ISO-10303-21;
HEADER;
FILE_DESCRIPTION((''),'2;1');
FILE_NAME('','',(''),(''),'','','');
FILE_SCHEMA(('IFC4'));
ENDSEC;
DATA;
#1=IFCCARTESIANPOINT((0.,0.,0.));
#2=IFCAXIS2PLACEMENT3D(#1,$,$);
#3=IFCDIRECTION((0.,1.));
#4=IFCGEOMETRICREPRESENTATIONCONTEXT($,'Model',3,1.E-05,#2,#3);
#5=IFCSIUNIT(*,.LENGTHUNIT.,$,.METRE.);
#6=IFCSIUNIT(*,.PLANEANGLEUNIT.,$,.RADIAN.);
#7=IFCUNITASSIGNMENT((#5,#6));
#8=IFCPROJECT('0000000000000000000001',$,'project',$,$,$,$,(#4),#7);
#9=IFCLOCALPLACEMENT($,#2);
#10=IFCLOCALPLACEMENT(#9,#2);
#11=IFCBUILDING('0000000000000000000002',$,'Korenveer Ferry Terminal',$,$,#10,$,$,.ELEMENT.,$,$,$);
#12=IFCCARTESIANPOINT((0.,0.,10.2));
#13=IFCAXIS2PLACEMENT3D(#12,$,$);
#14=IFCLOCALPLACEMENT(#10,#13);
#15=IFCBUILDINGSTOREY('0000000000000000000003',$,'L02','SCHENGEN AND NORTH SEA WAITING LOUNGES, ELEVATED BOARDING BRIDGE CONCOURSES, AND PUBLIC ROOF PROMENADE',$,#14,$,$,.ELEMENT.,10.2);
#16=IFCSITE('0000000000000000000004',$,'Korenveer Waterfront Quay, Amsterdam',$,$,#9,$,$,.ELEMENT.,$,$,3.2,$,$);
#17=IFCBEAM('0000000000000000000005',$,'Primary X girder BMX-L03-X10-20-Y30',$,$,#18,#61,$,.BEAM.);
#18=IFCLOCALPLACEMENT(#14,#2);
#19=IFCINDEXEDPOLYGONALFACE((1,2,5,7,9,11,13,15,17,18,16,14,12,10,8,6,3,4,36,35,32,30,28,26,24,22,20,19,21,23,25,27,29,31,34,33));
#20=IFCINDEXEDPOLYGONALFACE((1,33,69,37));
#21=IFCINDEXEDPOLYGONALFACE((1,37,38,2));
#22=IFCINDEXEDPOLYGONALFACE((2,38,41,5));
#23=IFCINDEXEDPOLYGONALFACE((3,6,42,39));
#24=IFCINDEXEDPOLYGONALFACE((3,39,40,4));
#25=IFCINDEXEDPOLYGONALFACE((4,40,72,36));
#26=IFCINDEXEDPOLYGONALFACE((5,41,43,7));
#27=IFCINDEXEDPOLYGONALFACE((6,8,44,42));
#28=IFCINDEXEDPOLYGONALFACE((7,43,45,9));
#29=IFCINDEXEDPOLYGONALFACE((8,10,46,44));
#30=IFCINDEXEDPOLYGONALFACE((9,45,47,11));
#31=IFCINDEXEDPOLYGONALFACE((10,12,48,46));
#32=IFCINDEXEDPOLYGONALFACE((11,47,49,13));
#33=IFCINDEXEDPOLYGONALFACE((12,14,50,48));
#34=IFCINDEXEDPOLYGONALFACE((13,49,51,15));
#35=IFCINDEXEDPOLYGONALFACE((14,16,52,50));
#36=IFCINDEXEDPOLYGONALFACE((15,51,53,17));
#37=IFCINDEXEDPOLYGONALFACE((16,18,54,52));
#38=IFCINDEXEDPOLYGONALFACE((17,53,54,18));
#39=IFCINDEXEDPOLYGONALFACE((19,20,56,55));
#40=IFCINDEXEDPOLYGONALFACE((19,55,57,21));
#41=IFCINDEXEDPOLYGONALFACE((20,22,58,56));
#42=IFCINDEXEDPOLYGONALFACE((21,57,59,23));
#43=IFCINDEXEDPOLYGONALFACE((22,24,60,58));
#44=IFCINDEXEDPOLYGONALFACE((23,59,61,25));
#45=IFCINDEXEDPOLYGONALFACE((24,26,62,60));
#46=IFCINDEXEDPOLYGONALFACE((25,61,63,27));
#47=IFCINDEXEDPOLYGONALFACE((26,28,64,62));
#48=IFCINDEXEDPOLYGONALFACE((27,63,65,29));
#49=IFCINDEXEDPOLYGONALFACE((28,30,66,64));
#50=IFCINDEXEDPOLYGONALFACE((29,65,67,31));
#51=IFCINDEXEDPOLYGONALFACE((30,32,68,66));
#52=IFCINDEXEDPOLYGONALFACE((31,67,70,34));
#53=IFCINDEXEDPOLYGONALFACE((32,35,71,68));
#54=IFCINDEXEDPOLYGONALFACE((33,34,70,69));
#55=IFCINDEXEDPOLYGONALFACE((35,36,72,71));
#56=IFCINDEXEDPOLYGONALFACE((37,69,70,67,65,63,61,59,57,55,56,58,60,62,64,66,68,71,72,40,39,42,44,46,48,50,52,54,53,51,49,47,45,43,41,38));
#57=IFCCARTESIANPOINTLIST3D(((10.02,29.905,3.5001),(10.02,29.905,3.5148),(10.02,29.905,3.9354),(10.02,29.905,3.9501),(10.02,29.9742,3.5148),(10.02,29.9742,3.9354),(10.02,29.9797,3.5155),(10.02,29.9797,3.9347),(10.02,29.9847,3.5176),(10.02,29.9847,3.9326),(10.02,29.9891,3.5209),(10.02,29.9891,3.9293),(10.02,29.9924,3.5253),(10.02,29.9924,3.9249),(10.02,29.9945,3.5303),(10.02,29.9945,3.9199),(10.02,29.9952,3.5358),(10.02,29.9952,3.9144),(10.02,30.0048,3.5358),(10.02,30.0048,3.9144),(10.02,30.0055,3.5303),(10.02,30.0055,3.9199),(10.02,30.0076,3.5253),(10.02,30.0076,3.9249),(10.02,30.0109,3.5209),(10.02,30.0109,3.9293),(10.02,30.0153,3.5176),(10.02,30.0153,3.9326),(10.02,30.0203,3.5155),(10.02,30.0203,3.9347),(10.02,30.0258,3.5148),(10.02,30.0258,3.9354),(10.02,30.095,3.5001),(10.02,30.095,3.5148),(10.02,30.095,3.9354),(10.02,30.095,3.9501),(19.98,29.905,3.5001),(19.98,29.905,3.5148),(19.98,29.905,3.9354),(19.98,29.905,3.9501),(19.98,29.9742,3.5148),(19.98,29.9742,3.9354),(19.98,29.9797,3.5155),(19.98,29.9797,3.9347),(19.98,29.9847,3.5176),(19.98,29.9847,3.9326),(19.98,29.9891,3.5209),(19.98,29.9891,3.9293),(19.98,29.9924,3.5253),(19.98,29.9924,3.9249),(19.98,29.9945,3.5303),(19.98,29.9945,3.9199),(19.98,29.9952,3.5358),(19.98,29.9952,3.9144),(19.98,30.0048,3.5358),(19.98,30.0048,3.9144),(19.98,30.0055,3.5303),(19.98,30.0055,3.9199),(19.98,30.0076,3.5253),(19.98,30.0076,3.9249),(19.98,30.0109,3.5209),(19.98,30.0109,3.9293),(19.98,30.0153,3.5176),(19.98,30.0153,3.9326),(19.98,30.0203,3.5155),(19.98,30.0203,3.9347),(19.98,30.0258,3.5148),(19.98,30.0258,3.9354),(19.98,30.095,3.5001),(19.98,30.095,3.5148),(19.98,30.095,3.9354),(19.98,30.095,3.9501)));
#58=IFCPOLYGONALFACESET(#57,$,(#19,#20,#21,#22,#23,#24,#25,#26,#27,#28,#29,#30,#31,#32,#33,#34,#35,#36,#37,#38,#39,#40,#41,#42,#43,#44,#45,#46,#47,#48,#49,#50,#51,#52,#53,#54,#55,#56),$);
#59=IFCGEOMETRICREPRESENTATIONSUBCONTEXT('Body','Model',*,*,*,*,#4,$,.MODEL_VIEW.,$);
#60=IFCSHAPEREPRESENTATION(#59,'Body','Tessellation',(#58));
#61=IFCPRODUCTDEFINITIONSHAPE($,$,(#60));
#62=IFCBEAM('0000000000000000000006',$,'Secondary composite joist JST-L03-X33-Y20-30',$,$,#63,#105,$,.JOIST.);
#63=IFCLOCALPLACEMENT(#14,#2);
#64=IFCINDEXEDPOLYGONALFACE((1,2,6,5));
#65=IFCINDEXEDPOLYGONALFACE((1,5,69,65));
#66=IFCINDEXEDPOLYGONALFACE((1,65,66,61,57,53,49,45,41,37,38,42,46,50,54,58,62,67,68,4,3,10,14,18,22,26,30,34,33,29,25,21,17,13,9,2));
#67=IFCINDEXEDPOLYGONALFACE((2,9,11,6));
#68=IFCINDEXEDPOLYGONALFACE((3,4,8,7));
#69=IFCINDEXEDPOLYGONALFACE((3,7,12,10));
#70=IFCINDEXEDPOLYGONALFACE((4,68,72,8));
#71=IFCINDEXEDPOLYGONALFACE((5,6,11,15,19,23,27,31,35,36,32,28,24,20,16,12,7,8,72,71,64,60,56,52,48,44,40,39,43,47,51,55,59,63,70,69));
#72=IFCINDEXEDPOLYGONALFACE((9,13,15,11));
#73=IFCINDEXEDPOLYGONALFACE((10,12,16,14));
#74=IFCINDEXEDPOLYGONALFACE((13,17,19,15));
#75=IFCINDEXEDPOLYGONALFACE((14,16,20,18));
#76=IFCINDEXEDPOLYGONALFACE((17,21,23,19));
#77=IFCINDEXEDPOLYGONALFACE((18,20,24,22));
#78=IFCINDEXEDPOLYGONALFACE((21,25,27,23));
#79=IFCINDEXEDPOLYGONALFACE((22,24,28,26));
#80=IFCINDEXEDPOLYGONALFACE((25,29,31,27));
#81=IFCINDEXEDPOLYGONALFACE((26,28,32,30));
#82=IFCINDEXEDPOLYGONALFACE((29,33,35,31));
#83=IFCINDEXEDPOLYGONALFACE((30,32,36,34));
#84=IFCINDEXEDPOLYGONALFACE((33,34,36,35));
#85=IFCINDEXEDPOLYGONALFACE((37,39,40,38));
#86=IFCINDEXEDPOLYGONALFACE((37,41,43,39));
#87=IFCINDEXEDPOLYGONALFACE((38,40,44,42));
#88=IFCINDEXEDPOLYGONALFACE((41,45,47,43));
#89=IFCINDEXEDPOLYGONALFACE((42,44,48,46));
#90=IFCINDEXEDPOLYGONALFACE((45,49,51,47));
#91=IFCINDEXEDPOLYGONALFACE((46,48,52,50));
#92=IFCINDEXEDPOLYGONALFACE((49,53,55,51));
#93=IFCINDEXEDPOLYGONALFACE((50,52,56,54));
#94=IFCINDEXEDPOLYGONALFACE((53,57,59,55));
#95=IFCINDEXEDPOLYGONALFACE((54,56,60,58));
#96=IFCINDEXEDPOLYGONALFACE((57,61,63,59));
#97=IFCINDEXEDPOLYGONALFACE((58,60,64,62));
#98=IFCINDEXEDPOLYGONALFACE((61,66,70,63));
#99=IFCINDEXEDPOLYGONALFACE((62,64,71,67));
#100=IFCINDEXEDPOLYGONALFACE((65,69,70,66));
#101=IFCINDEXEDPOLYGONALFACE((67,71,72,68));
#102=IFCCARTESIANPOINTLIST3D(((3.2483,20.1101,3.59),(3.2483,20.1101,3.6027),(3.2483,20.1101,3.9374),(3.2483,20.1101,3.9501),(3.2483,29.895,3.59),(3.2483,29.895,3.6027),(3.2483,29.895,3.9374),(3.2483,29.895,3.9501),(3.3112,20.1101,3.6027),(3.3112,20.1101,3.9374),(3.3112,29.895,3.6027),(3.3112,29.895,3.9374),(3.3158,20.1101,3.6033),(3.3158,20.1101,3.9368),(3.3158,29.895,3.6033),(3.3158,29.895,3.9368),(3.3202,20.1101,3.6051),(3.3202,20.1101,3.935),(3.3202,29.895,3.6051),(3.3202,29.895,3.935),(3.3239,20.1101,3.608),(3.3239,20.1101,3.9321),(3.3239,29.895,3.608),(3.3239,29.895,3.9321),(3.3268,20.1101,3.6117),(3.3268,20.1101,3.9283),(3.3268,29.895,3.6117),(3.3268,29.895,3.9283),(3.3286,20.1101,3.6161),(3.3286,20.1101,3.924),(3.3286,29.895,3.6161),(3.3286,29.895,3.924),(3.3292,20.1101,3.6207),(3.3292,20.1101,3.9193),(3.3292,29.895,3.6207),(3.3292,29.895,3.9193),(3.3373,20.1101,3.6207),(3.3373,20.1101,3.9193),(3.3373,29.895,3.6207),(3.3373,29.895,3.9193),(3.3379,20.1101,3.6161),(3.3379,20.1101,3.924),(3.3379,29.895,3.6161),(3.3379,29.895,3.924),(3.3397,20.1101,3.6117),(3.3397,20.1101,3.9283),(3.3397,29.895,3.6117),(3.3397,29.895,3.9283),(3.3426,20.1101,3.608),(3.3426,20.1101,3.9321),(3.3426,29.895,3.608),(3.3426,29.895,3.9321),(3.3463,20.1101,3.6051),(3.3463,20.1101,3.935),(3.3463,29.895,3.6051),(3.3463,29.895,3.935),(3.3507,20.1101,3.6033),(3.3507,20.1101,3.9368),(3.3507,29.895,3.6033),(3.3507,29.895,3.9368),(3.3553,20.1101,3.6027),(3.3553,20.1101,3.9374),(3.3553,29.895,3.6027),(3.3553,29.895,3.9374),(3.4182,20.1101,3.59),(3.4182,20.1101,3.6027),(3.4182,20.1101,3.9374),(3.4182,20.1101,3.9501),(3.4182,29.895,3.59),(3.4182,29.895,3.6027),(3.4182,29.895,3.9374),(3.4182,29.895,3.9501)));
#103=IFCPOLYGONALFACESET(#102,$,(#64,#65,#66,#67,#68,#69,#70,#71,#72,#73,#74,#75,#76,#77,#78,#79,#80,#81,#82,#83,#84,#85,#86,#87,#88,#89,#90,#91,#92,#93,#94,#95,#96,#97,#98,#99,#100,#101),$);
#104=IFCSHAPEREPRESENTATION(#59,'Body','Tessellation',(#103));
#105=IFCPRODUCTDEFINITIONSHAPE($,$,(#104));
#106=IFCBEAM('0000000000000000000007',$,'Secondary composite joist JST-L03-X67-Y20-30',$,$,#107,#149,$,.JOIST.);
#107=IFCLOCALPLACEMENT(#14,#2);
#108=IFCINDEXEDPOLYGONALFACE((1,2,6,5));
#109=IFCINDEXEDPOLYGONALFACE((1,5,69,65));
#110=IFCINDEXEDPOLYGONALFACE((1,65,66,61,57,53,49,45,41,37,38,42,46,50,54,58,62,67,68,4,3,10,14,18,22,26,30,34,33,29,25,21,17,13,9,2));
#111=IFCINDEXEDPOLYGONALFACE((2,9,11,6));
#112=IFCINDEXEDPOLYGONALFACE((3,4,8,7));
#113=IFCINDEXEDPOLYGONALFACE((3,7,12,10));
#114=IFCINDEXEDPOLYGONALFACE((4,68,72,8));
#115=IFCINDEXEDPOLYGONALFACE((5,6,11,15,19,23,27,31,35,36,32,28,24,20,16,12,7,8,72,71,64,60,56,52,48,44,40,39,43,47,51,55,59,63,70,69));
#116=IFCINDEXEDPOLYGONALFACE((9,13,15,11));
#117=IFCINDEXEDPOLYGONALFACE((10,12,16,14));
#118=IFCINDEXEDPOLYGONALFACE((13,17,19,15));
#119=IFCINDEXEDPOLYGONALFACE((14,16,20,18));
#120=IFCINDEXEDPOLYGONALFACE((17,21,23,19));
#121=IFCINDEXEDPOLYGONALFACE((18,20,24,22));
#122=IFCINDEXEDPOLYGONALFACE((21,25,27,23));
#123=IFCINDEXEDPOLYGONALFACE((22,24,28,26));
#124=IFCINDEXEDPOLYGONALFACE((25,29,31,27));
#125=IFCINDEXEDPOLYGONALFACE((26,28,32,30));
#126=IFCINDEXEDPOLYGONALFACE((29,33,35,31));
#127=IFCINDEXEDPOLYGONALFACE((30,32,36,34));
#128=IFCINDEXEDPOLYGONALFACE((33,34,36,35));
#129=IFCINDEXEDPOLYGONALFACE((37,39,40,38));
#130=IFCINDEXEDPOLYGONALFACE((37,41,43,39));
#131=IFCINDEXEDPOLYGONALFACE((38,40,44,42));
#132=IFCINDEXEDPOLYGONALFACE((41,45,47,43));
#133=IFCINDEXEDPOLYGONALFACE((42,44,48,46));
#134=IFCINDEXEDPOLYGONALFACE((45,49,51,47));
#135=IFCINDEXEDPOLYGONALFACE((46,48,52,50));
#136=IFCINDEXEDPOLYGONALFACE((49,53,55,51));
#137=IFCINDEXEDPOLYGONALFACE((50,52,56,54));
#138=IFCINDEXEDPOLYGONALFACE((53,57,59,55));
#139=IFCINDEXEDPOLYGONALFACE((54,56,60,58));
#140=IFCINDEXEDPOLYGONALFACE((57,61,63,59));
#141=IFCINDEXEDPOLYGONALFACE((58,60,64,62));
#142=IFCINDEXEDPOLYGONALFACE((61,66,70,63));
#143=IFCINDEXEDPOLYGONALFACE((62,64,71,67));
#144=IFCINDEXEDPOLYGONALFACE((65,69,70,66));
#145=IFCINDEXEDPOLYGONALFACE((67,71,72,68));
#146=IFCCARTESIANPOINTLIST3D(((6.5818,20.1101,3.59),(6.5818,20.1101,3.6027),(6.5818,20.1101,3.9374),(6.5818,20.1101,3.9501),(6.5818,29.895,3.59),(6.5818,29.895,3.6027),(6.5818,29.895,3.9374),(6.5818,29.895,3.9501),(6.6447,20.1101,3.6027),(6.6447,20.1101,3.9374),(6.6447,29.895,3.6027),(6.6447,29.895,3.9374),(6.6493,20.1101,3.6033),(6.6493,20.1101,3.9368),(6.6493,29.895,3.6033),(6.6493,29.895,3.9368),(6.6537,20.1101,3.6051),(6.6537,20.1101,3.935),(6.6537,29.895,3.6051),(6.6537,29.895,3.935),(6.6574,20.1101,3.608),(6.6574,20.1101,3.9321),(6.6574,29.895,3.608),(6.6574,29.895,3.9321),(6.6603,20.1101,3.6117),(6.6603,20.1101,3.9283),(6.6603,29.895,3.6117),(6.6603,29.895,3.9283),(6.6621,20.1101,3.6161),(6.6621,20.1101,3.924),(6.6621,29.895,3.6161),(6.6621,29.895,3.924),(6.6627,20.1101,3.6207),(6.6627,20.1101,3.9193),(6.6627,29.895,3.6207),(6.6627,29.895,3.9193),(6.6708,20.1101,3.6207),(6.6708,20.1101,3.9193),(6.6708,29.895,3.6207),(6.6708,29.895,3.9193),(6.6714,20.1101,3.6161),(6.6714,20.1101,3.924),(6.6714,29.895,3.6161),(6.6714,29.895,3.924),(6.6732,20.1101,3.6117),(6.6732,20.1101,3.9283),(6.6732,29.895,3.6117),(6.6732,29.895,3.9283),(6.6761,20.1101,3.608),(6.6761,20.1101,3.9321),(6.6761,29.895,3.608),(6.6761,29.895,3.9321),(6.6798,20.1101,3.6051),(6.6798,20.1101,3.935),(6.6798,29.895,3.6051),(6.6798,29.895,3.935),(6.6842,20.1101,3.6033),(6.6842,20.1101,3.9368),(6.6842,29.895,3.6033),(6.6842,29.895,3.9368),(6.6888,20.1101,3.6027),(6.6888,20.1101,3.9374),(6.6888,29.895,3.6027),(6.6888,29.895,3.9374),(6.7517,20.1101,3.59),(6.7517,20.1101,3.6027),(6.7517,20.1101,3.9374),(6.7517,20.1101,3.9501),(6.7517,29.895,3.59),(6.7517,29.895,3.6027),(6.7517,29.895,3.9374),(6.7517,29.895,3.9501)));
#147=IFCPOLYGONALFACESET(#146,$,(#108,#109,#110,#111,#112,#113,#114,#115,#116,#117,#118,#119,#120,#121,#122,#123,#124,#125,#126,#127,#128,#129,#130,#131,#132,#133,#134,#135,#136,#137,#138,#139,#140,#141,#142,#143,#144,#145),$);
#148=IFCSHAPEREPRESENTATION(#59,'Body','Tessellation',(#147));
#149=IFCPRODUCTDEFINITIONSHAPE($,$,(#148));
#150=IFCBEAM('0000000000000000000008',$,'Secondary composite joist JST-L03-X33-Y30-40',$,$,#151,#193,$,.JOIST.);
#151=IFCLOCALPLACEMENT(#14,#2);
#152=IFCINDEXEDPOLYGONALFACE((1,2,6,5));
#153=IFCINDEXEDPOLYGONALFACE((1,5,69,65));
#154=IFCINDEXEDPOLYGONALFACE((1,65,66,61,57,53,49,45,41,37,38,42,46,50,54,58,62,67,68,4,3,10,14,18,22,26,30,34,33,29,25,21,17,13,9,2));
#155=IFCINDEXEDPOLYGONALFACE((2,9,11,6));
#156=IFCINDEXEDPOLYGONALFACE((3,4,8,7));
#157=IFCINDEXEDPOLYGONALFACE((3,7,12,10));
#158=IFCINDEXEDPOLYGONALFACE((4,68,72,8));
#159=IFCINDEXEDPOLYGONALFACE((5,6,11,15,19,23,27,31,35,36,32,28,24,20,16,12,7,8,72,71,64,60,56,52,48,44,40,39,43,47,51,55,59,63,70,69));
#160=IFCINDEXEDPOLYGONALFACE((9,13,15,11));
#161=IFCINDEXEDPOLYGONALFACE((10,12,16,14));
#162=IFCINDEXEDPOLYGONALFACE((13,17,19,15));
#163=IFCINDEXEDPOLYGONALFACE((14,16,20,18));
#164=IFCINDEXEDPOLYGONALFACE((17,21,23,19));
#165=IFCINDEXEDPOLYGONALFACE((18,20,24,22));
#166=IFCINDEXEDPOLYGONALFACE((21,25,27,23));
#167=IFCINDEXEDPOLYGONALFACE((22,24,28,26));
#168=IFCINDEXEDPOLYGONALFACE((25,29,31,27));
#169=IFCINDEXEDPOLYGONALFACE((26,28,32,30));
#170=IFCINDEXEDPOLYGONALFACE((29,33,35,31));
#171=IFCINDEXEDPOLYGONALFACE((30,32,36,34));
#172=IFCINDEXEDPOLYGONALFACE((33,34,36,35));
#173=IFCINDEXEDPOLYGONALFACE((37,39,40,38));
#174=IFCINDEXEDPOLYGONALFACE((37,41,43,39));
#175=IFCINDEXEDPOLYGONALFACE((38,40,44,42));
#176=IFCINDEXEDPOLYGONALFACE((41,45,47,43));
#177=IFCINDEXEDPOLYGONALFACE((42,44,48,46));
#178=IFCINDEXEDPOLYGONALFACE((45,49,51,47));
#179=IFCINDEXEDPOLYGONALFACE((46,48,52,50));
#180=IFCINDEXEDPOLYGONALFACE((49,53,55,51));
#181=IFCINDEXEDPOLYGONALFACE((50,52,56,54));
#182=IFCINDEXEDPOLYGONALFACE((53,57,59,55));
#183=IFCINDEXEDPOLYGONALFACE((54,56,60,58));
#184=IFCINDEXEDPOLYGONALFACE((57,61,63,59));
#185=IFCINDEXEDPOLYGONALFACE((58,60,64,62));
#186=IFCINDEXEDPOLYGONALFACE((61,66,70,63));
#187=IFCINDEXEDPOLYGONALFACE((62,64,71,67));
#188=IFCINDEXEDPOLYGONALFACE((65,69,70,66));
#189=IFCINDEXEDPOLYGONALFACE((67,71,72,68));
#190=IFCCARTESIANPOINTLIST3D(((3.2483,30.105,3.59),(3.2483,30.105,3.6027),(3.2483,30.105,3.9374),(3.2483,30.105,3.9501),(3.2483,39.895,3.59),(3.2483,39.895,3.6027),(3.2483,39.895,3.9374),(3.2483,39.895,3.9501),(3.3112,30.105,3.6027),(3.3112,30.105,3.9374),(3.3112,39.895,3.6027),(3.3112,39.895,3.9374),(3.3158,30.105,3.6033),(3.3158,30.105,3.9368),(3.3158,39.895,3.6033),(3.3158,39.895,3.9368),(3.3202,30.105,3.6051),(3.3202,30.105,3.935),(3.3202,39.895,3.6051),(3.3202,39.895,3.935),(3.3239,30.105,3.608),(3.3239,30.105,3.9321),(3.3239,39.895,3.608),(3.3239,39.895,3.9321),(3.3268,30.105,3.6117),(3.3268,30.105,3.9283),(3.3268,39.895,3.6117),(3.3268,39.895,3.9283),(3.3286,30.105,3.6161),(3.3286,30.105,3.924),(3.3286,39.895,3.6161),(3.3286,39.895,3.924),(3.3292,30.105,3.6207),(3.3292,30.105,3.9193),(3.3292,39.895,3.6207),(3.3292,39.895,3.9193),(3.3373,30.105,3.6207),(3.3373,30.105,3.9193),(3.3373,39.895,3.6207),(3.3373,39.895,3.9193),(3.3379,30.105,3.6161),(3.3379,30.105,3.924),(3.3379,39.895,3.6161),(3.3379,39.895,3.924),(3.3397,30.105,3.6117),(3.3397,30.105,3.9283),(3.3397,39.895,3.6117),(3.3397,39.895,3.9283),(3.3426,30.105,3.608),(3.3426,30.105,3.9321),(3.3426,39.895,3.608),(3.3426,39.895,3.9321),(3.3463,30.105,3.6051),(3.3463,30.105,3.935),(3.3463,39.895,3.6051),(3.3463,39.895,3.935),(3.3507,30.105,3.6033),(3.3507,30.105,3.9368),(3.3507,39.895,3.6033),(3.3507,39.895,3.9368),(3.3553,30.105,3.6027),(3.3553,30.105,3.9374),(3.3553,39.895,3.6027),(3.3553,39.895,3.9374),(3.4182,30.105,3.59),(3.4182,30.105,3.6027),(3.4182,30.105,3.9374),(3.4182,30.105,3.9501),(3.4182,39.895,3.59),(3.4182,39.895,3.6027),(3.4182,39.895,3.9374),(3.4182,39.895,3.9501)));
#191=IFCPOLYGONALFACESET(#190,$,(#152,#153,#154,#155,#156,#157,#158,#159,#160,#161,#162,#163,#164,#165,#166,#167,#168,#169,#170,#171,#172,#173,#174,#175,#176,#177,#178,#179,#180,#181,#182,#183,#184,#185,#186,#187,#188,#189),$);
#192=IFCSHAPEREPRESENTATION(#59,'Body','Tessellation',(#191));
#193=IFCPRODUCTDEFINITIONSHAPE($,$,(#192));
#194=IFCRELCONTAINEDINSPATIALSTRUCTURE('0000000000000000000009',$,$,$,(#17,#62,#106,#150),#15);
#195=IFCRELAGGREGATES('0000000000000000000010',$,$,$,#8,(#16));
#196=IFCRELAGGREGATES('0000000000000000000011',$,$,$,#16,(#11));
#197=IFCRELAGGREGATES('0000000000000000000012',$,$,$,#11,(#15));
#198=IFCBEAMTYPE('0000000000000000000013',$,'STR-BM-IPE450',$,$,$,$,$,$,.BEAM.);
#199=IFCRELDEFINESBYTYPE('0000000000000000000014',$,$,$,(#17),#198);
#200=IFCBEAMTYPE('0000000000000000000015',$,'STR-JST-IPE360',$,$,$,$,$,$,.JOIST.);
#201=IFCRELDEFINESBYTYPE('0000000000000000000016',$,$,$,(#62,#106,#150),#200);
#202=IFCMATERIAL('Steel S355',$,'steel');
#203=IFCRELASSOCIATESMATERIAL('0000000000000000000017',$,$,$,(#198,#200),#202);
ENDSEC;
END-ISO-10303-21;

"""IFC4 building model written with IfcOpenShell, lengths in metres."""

from ifc_helpers import new_model, si_unit, direction, frame, origin, origin_2d, place, context, subcontext, project, spatial, i_section, extrude, material, material_profile, profile_set, type_object, element, save


model = new_model("IFC4")

# Units and contexts
model_context = context("Model", 3, precision=1e-05, world=origin(), true_north=direction((0.0, 1.0)))
body_context = subcontext(model_context, "Body", "Model", "MODEL_VIEW")
ifc_project = project(units=[si_unit("LENGTHUNIT", "METRE"), si_unit("PLANEANGLEUNIT", "RADIAN")], contexts=[model_context])

# Site, building, storey
site_placement = place(None, origin())
site = spatial("IfcSite", under=ifc_project, at=site_placement, Name="Korenveer Waterfront Quay, Amsterdam", CompositionType="ELEMENT", RefElevation=3.2)
building_placement = place(site_placement, origin())
building = spatial("IfcBuilding", under=site, at=building_placement, Name="Korenveer Ferry Terminal", CompositionType="ELEMENT")
storey_placement = place(building_placement, frame((0.0, 0.0, 10.2)))
storey = spatial("IfcBuildingStorey", under=building, at=storey_placement, Name="L02", Description="SCHENGEN AND NORTH SEA WAITING LOUNGES, ELEVATED BOARDING BRIDGE CONCOURSES, AND PUBLIC ROOF PROMENADE", CompositionType="ELEMENT", Elevation=10.2)

# Beams
ifc_material_1 = material(Name="Steel S355", Category="steel")
ifc_material_profile_1 = material_profile(ifc_material_1, i_section(OverallWidth=0.1899, OverallDepth=0.45, WebThickness=0.0095, FlangeThickness=0.0146, FilletRadius=0.021, at=origin_2d()), Name="IPE 450")
ifc_profile_set_1 = profile_set([ifc_material_profile_1], Name="Steel S355")
beam_type_1 = type_object("IfcBeamType", Name="STR-BM-IPE450", PredefinedType="BEAM", material=ifc_profile_set_1)
for number, where, z_axis, x_axis, name in (
    (1, (10.02, 30.0, 3.7251), (1.0, 0.0, 0.0), (0.0, 1.0, 0.0), "Primary X girder BMX-L03-X10-20-Y30"),
):
    element("IfcBeam", number, at=place(storey_placement, frame(where, z_axis=z_axis, x_axis=x_axis)), inside=storey, type_object=beam_type_1, Name=name, PredefinedType="BEAM", context=body_context, shape_type="SweptSolid", body=[
        extrude(i_section(OverallWidth=0.1899, OverallDepth=0.45, WebThickness=0.0095, FlangeThickness=0.0146, FilletRadius=0.021, at=origin_2d()), origin(), (0.0, 0.0, 1.0), 9.96),
    ])
ifc_material_profile_2 = material_profile(ifc_material_1, i_section(OverallWidth=0.1699, OverallDepth=0.3601, WebThickness=0.0081, FlangeThickness=0.0127, FilletRadius=0.0181, at=origin_2d()), Name="IPE 360")
ifc_profile_set_2 = profile_set([ifc_material_profile_2], Name="Steel S355")
beam_type_2 = type_object("IfcBeamType", Name="STR-JST-IPE360", PredefinedType="JOIST", material=ifc_profile_set_2)
for number, where, z_axis, x_axis, name in (
    (2, (3.3333, 20.1101, 3.77), (0.0, 1.0, 0.0), (-1.0, 0.0, 0.0), "Secondary composite joist JST-L03-X33-Y20-30"),
    (3, (6.6667, 20.1101, 3.77), (0.0, 1.0, 0.0), (-1.0, 0.0, 0.0), "Secondary composite joist JST-L03-X67-Y20-30"),
):
    element("IfcBeam", number, at=place(storey_placement, frame(where, z_axis=z_axis, x_axis=x_axis)), inside=storey, type_object=beam_type_2, Name=name, PredefinedType="JOIST", context=body_context, shape_type="SweptSolid", body=[
        extrude(i_section(OverallWidth=0.1699, OverallDepth=0.3601, WebThickness=0.0081, FlangeThickness=0.0127, FilletRadius=0.0181, at=origin_2d()), origin(), (0.0, 0.0, 1.0), 9.7849),
    ])
for number, where, z_axis, x_axis, name in (
    (4, (3.3333, 30.105, 3.77), (0.0, 1.0, 0.0), (-1.0, 0.0, 0.0), "Secondary composite joist JST-L03-X33-Y30-40"),
):
    element("IfcBeam", number, at=place(storey_placement, frame(where, z_axis=z_axis, x_axis=x_axis)), inside=storey, type_object=beam_type_2, Name=name, PredefinedType="JOIST", context=body_context, shape_type="SweptSolid", body=[
        extrude(i_section(OverallWidth=0.1699, OverallDepth=0.3601, WebThickness=0.0081, FlangeThickness=0.0127, FilletRadius=0.0181, at=origin_2d()), origin(), (0.0, 0.0, 1.0), 9.79),
    ])

save(model, "model.ifc")
